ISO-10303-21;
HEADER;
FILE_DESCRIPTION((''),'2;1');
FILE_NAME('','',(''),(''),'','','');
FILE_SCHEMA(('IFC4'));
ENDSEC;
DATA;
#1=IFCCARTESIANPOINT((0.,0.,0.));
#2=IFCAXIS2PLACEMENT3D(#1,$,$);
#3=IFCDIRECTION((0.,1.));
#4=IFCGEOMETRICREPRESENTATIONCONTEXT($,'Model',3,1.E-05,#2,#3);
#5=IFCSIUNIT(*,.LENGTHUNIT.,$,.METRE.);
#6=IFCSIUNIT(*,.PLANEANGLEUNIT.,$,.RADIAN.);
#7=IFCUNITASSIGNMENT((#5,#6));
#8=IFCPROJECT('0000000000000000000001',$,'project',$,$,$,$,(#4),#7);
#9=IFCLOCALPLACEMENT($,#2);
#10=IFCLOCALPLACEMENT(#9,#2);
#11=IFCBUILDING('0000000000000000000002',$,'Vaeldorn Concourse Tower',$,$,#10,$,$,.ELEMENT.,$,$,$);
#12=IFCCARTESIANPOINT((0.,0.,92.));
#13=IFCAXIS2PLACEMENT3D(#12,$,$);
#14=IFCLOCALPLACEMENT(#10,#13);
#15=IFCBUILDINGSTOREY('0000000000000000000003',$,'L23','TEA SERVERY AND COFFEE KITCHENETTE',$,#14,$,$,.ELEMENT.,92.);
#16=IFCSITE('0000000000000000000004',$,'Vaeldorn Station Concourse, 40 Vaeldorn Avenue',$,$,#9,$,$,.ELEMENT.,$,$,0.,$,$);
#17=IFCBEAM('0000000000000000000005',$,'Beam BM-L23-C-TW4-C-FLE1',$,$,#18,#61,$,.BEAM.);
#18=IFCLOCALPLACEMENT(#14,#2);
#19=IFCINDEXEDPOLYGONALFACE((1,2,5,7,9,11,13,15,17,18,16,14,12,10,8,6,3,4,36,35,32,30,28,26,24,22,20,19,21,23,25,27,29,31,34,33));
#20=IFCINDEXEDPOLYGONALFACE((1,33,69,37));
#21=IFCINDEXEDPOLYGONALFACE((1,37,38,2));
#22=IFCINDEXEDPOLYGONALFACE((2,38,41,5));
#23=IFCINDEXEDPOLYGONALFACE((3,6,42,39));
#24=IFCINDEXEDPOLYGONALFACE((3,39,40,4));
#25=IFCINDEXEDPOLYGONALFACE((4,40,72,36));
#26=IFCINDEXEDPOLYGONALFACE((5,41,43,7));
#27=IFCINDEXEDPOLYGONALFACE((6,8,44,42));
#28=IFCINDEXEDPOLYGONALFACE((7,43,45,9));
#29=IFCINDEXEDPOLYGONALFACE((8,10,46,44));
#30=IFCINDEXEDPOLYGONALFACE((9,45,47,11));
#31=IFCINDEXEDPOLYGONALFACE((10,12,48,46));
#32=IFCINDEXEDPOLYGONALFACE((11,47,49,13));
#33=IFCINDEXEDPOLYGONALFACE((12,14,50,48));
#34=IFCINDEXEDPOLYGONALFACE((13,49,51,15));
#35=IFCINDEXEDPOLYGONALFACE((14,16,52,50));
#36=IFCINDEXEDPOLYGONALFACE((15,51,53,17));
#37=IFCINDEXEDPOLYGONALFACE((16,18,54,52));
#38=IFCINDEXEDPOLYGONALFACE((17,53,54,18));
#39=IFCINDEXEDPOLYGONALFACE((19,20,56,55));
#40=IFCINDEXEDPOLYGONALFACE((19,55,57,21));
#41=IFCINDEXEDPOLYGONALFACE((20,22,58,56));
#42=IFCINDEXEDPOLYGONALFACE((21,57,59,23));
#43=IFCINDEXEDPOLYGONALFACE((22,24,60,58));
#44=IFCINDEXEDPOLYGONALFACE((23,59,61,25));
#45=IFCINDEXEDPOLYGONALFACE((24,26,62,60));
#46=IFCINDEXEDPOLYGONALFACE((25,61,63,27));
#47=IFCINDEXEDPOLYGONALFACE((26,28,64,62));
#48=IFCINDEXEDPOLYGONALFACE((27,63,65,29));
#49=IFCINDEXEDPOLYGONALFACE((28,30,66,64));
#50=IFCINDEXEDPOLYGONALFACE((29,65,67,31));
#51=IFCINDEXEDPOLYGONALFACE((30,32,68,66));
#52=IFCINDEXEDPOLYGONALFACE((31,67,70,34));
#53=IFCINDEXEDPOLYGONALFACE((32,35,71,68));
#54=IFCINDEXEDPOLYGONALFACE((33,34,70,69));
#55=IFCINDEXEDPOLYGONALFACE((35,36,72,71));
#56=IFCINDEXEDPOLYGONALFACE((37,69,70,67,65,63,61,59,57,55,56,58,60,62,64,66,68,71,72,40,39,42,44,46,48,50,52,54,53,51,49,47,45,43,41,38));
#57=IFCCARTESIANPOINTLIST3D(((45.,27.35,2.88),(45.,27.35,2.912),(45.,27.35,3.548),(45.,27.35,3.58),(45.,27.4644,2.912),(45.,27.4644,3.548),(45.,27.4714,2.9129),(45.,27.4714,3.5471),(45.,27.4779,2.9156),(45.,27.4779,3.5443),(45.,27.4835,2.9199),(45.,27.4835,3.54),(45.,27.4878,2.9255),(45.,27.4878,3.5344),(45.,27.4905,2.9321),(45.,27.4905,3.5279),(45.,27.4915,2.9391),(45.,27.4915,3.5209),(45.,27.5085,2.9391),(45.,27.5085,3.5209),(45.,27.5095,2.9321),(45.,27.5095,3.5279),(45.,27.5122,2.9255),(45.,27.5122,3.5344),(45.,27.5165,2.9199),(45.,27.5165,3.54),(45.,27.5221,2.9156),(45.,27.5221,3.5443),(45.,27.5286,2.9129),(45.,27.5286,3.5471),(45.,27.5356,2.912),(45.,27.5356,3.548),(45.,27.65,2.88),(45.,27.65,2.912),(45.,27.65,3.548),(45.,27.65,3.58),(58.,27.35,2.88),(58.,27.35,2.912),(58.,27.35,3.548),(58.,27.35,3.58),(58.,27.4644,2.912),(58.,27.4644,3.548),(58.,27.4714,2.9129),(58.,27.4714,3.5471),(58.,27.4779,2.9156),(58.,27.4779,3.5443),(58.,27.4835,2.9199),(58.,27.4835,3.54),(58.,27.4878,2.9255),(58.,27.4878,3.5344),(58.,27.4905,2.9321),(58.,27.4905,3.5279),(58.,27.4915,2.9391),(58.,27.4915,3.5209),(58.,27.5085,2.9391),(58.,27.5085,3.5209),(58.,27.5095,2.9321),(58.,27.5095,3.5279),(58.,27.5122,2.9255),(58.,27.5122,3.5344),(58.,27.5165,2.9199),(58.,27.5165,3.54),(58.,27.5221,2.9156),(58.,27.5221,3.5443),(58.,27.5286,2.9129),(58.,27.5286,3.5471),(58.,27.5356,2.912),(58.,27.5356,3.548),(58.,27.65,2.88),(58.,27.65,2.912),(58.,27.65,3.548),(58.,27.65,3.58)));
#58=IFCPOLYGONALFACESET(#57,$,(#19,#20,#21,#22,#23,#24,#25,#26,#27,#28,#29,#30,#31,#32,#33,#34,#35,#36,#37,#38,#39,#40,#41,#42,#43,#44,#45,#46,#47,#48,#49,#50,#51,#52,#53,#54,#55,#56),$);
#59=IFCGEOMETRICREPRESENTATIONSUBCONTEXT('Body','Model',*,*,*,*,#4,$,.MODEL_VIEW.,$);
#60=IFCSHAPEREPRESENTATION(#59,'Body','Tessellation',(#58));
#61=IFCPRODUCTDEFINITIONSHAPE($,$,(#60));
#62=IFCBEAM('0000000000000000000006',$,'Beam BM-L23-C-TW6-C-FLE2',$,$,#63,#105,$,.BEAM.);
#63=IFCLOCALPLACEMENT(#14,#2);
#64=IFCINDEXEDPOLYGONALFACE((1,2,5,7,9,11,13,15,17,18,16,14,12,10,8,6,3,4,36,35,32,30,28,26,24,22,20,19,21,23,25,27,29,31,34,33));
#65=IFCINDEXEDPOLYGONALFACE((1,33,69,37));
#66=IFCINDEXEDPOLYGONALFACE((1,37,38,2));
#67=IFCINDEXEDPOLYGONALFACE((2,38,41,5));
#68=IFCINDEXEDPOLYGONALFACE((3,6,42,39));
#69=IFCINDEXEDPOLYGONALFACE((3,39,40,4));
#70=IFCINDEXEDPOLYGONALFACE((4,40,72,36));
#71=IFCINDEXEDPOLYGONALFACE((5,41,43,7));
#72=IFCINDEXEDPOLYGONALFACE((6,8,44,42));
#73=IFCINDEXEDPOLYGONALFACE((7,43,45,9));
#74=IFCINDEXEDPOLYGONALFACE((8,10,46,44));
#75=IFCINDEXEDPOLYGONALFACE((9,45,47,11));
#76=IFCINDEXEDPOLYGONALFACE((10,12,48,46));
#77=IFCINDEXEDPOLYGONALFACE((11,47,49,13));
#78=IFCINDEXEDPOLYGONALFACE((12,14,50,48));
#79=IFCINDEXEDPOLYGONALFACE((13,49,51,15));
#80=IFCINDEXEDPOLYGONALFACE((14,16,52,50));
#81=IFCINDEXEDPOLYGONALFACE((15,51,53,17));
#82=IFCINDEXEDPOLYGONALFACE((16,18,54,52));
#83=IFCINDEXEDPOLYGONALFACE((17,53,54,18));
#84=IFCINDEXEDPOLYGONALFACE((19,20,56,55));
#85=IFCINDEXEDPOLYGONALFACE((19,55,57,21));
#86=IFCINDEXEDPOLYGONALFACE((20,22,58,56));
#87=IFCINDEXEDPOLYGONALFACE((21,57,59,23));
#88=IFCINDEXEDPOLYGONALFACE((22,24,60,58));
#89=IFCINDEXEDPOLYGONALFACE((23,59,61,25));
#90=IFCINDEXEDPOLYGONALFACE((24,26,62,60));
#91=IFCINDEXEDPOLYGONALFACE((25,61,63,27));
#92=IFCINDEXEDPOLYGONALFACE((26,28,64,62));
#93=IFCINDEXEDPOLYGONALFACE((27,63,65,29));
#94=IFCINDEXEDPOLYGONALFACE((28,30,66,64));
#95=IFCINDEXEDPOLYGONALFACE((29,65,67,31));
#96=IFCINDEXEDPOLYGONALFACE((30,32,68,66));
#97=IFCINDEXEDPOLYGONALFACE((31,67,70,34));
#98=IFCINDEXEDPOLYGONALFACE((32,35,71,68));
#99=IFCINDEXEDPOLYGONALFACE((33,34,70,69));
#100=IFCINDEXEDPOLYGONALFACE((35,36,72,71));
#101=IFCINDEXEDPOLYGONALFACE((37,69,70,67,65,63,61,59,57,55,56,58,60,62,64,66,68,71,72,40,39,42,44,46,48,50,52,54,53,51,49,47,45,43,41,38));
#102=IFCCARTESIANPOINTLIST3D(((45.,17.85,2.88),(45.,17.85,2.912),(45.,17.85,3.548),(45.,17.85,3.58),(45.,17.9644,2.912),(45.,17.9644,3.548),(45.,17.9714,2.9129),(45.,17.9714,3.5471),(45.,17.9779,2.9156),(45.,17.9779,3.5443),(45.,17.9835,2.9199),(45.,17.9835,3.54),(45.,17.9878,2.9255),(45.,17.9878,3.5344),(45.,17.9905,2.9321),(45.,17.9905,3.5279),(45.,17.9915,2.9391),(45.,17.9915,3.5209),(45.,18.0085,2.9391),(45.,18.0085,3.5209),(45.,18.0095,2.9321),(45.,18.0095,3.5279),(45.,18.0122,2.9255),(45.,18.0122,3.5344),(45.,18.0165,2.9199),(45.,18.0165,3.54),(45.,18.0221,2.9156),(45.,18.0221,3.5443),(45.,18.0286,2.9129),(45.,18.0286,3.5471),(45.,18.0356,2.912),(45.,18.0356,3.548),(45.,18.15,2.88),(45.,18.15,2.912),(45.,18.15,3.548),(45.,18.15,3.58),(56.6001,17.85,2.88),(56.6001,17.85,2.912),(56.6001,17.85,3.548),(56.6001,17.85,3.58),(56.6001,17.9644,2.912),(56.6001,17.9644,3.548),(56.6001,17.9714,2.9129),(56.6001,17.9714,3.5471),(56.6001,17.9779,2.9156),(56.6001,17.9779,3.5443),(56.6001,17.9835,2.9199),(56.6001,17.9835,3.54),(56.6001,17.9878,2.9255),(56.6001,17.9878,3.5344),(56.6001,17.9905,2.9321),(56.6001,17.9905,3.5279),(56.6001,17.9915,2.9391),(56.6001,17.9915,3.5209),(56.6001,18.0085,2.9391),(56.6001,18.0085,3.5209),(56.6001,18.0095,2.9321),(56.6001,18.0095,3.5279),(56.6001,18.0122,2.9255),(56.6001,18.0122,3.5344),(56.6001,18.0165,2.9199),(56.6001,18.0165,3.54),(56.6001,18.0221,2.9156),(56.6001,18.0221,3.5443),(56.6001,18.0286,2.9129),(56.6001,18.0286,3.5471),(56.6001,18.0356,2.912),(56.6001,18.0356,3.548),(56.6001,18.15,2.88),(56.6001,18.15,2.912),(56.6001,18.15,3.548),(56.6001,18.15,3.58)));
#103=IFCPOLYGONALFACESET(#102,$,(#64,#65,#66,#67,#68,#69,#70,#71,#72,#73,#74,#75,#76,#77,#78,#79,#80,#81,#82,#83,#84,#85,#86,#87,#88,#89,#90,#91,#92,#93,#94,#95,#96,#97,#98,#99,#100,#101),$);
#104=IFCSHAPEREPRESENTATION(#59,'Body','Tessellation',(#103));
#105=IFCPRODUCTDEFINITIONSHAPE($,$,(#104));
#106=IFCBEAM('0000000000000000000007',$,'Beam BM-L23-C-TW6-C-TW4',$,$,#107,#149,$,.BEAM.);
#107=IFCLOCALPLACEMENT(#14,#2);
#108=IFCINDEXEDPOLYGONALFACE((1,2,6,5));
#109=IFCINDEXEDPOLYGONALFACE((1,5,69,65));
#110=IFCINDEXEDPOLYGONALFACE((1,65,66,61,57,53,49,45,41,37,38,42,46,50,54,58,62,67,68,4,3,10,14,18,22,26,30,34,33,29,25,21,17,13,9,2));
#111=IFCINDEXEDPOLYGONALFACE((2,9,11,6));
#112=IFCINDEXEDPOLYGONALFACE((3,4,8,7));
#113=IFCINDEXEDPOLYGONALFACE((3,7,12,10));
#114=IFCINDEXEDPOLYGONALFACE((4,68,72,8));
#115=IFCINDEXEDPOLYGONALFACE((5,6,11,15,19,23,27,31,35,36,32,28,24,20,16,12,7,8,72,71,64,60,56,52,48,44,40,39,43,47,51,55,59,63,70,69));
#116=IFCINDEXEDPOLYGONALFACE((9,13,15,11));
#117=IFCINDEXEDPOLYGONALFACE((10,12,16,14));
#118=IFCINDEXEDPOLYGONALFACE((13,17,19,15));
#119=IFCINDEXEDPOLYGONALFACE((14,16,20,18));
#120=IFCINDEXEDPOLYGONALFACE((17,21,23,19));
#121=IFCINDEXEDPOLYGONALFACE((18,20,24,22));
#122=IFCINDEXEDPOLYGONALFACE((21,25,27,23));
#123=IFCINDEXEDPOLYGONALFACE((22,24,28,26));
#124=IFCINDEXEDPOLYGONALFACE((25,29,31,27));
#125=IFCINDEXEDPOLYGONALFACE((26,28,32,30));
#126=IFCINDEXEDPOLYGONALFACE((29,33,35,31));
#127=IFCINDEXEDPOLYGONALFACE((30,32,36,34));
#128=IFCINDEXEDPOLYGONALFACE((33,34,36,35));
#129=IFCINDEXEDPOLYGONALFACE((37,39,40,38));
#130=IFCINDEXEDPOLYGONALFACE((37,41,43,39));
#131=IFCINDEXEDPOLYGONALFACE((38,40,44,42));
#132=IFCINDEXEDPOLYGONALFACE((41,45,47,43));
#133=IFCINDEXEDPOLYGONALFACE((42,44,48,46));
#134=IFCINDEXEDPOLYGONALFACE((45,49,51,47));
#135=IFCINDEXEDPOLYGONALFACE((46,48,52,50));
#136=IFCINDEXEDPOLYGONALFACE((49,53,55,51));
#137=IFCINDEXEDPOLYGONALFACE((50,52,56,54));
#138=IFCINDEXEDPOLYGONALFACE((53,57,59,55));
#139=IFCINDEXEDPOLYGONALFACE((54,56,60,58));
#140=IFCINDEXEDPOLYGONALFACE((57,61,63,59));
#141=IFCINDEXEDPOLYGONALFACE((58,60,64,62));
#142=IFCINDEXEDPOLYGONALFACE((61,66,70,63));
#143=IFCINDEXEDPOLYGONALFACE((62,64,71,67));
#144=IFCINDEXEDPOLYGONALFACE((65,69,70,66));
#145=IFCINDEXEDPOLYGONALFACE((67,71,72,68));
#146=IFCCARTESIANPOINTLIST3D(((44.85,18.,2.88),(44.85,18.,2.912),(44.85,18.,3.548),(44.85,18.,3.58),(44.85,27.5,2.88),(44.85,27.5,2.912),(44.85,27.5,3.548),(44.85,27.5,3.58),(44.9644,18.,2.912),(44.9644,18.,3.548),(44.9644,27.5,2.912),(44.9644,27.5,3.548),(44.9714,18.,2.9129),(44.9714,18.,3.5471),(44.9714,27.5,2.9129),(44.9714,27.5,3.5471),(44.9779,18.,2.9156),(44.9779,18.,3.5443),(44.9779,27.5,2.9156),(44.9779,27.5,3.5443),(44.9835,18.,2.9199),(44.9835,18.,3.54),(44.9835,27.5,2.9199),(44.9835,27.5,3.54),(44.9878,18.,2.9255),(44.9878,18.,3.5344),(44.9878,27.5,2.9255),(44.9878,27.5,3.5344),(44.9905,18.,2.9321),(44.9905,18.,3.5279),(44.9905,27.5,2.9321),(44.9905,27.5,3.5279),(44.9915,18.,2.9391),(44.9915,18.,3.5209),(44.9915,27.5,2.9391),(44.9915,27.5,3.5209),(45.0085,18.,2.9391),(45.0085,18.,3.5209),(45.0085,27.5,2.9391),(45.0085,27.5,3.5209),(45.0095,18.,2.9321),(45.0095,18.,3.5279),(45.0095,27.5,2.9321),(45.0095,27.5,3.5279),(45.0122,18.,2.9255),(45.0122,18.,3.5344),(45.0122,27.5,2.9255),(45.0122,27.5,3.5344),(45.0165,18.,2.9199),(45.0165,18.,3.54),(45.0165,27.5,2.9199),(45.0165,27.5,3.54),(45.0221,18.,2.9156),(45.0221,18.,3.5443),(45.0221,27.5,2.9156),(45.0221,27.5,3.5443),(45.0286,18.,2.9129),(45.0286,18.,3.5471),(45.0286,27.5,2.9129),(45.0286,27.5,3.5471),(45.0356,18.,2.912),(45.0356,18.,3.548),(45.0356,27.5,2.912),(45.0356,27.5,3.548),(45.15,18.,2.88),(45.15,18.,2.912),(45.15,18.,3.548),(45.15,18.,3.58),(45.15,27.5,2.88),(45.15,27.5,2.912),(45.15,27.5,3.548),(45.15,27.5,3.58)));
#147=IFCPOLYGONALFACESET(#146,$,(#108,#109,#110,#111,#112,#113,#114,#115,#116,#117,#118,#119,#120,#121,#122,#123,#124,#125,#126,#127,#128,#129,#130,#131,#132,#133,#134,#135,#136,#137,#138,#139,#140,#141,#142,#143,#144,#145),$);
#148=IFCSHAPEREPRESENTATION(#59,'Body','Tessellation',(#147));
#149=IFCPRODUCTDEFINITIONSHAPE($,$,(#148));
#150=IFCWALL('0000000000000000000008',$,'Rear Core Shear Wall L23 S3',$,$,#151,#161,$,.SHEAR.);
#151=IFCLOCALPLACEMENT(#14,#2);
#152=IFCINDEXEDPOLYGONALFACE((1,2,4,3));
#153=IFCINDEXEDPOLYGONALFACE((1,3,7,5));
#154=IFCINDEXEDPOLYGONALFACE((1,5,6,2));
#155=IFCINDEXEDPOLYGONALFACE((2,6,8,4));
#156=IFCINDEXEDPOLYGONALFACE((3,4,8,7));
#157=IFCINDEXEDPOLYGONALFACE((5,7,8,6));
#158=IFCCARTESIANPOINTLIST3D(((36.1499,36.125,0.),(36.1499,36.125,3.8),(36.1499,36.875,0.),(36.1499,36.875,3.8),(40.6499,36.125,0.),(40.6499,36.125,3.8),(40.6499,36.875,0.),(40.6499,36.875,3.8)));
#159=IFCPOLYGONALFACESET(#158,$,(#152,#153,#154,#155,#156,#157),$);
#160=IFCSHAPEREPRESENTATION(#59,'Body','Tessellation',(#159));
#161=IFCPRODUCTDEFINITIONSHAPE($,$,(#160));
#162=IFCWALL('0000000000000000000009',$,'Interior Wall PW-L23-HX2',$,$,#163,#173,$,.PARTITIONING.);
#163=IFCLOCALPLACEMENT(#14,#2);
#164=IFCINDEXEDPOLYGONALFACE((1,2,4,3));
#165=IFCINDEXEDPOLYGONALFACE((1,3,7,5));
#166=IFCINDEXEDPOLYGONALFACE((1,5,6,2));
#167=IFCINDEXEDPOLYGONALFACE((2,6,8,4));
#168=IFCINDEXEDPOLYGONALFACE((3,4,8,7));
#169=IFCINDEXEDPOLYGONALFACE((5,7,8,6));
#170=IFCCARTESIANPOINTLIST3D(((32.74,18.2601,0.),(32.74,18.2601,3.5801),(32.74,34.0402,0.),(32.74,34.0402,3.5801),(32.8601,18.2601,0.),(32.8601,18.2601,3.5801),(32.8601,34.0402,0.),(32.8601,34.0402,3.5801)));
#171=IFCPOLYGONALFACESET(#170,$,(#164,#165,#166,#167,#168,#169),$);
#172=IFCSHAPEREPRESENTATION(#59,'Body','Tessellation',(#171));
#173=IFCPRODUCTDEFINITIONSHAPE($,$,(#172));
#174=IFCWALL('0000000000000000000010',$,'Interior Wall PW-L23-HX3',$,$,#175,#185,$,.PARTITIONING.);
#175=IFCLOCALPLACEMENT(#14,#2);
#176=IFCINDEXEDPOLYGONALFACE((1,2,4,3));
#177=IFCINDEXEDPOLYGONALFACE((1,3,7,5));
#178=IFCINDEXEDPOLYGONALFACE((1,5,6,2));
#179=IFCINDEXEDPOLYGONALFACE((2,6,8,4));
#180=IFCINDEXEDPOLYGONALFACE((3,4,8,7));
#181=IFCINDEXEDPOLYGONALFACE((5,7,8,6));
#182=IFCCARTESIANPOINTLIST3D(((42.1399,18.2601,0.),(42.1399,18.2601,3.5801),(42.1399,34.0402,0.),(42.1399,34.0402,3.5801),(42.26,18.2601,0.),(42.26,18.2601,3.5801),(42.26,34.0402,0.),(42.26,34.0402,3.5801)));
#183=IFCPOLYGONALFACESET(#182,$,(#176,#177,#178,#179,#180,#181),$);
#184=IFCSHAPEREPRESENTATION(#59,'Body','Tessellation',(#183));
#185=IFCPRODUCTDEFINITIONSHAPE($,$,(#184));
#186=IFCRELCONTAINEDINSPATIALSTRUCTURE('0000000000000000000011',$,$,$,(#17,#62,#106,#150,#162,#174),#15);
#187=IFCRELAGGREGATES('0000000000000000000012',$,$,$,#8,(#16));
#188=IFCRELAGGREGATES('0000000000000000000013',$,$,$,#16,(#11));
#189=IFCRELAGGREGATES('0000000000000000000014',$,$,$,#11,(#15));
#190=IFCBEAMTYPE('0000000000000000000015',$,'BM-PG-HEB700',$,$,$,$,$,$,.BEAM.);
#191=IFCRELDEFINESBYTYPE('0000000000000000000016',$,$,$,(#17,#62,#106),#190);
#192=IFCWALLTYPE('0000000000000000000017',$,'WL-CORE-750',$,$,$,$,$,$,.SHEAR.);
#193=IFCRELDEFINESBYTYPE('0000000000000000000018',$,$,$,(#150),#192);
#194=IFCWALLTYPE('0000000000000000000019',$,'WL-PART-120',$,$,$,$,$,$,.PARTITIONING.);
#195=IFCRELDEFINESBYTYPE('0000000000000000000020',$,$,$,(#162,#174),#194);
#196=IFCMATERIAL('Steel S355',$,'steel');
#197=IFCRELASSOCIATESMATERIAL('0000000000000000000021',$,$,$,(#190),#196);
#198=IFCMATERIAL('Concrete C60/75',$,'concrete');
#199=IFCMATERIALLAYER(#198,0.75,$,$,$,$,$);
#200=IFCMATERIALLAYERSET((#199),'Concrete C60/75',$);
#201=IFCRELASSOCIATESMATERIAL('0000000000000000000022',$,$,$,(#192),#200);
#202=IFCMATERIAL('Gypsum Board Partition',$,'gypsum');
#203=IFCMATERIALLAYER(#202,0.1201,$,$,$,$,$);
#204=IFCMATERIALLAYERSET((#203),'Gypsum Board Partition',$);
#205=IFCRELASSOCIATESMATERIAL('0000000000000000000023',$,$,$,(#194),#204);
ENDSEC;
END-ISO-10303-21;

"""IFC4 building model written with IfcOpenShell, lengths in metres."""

from ifc_helpers import new_model, si_unit, direction, frame, frame_2d, origin, origin_2d, place, context, subcontext, project, spatial, rectangle, i_section, extrude, source, transform, mapped, material, layer, layer_set, material_profile, profile_set, type_object, element, save


model = new_model("IFC4")

# Units and contexts
model_context = context("Model", 3, precision=1e-05, world=origin(), true_north=direction((0.0, 1.0)))
body_context = subcontext(model_context, "Body", "Model", "MODEL_VIEW")
ifc_project = project(units=[si_unit("LENGTHUNIT", "METRE"), si_unit("PLANEANGLEUNIT", "RADIAN")], contexts=[model_context])

# Site, building, storey
site_placement = place(None, origin())
site = spatial("IfcSite", under=ifc_project, at=site_placement, Name="Vaeldorn Station Concourse, 40 Vaeldorn Avenue", CompositionType="ELEMENT", RefElevation=0.0)
building_placement = place(site_placement, origin())
building = spatial("IfcBuilding", under=site, at=building_placement, Name="Vaeldorn Concourse Tower", CompositionType="ELEMENT")
storey_placement = place(building_placement, frame((0.0, 0.0, 92.0)))
storey = spatial("IfcBuildingStorey", under=building, at=storey_placement, Name="L23", Description="TEA SERVERY AND COFFEE KITCHENETTE", CompositionType="ELEMENT", Elevation=92.0)

# Beams
ifc_material_1 = material(Name="Steel S355", Category="steel")
ifc_material_profile_1 = material_profile(ifc_material_1, i_section(OverallWidth=0.3, OverallDepth=0.7, WebThickness=0.0171, FlangeThickness=0.032, FilletRadius=0.0271, at=origin_2d()), Name="HEB 700")
ifc_profile_set_1 = profile_set([ifc_material_profile_1], Name="Steel S355")
beam_type_1 = type_object("IfcBeamType", Name="BM-PG-HEB700", PredefinedType="BEAM", material=ifc_profile_set_1)
shared_shape_1 = source(origin(), body_context, "Body", "SweptSolid", [
    extrude(i_section(OverallWidth=0.3, OverallDepth=0.7, WebThickness=0.0171, FlangeThickness=0.032, FilletRadius=0.0271, at=origin_2d()), origin(), (0.0, 0.0, 1.0), 13.0),
])
beam_1_placement = place(storey_placement, frame((45.0, 27.5, 3.23), z_axis=(1.0, 0.0, 0.0), x_axis=(0.0, 1.0, 0.0)))
element("IfcBeam", 1, at=beam_1_placement, inside=storey, type_object=beam_type_1, Name="Beam BM-L23-C-TW4-C-FLE1", PredefinedType="BEAM", context=body_context, shape_type="MappedRepresentation", body=[
    mapped(shared_shape_1, transform((0.0, 0.0, 0.0), scale=1.0)),
])
shared_shape_2 = source(origin(), body_context, "Body", "SweptSolid", [
    extrude(i_section(OverallWidth=0.3, OverallDepth=0.7, WebThickness=0.0171, FlangeThickness=0.032, FilletRadius=0.0271, at=origin_2d()), origin(), (0.0, 0.0, 1.0), 11.6001),
])
beam_2_placement = place(storey_placement, frame((45.0, 18.0, 3.23), z_axis=(1.0, 0.0, 0.0), x_axis=(0.0, 1.0, 0.0)))
element("IfcBeam", 2, at=beam_2_placement, inside=storey, type_object=beam_type_1, Name="Beam BM-L23-C-TW6-C-FLE2", PredefinedType="BEAM", context=body_context, shape_type="MappedRepresentation", body=[
    mapped(shared_shape_2, transform((0.0, 0.0, 0.0), scale=1.0)),
])
shared_shape_3 = source(origin(), body_context, "Body", "SweptSolid", [
    extrude(i_section(OverallWidth=0.3, OverallDepth=0.7, WebThickness=0.0171, FlangeThickness=0.032, FilletRadius=0.0271, at=origin_2d()), origin(), (0.0, 0.0, 1.0), 9.5),
])
beam_3_placement = place(storey_placement, frame((45.0, 18.0, 3.23), z_axis=(0.0, 1.0, 0.0), x_axis=(-1.0, 0.0, 0.0)))
element("IfcBeam", 3, at=beam_3_placement, inside=storey, type_object=beam_type_1, Name="Beam BM-L23-C-TW6-C-TW4", PredefinedType="BEAM", context=body_context, shape_type="MappedRepresentation", body=[
    mapped(shared_shape_3, transform((0.0, 0.0, 0.0), scale=1.0)),
])

# Walls
ifc_material_2 = material(Name="Concrete C60/75", Category="concrete")
ifc_layer_1 = layer(ifc_material_2, 0.75)
ifc_layer_set_1 = layer_set([ifc_layer_1], Name="Concrete C60/75")
wall_type_1 = type_object("IfcWallType", Name="WL-CORE-750", PredefinedType="SHEAR", material=ifc_layer_set_1)
wall_placement = place(storey_placement, frame((36.1499, 36.5, 0.0), z_axis=(0.0, 0.0, 1.0), x_axis=(1.0, 0.0, 0.0)))
element("IfcWall", 4, at=wall_placement, inside=storey, type_object=wall_type_1, Name="Rear Core Shear Wall L23 S3", PredefinedType="SHEAR", context=body_context, shape_type="SweptSolid", body=[
    extrude(rectangle(XDim=4.5, YDim=0.75, at=frame_2d((2.25, 0.0))), origin(), (0.0, 0.0, 1.0), 3.8),
])
ifc_material_3 = material(Name="Gypsum Board Partition", Category="gypsum")
ifc_layer_2 = layer(ifc_material_3, 0.1201)
ifc_layer_set_2 = layer_set([ifc_layer_2], Name="Gypsum Board Partition")
wall_type_2 = type_object("IfcWallType", Name="WL-PART-120", PredefinedType="PARTITIONING", material=ifc_layer_set_2)
for number, where, z_axis, x_axis, name in (
    (5, (32.8, 18.26, 0.0), (0.0, 0.0, 1.0), (0.0, 1.0, 0.0), "Interior Wall PW-L23-HX2"),
    (6, (42.2, 18.26, 0.0), (0.0, 0.0, 1.0), (0.0, 1.0, 0.0), "Interior Wall PW-L23-HX3"),
):
    element("IfcWall", number, at=place(storey_placement, frame(where, z_axis=z_axis, x_axis=x_axis)), inside=storey, type_object=wall_type_2, Name=name, PredefinedType="PARTITIONING", context=body_context, shape_type="SweptSolid", body=[
        extrude(rectangle(XDim=15.78, YDim=0.1201, at=frame_2d((7.8901, 0.0))), origin(), (0.0, 0.0, 1.0), 3.5801),
    ])

save(model, "model.ifc")
